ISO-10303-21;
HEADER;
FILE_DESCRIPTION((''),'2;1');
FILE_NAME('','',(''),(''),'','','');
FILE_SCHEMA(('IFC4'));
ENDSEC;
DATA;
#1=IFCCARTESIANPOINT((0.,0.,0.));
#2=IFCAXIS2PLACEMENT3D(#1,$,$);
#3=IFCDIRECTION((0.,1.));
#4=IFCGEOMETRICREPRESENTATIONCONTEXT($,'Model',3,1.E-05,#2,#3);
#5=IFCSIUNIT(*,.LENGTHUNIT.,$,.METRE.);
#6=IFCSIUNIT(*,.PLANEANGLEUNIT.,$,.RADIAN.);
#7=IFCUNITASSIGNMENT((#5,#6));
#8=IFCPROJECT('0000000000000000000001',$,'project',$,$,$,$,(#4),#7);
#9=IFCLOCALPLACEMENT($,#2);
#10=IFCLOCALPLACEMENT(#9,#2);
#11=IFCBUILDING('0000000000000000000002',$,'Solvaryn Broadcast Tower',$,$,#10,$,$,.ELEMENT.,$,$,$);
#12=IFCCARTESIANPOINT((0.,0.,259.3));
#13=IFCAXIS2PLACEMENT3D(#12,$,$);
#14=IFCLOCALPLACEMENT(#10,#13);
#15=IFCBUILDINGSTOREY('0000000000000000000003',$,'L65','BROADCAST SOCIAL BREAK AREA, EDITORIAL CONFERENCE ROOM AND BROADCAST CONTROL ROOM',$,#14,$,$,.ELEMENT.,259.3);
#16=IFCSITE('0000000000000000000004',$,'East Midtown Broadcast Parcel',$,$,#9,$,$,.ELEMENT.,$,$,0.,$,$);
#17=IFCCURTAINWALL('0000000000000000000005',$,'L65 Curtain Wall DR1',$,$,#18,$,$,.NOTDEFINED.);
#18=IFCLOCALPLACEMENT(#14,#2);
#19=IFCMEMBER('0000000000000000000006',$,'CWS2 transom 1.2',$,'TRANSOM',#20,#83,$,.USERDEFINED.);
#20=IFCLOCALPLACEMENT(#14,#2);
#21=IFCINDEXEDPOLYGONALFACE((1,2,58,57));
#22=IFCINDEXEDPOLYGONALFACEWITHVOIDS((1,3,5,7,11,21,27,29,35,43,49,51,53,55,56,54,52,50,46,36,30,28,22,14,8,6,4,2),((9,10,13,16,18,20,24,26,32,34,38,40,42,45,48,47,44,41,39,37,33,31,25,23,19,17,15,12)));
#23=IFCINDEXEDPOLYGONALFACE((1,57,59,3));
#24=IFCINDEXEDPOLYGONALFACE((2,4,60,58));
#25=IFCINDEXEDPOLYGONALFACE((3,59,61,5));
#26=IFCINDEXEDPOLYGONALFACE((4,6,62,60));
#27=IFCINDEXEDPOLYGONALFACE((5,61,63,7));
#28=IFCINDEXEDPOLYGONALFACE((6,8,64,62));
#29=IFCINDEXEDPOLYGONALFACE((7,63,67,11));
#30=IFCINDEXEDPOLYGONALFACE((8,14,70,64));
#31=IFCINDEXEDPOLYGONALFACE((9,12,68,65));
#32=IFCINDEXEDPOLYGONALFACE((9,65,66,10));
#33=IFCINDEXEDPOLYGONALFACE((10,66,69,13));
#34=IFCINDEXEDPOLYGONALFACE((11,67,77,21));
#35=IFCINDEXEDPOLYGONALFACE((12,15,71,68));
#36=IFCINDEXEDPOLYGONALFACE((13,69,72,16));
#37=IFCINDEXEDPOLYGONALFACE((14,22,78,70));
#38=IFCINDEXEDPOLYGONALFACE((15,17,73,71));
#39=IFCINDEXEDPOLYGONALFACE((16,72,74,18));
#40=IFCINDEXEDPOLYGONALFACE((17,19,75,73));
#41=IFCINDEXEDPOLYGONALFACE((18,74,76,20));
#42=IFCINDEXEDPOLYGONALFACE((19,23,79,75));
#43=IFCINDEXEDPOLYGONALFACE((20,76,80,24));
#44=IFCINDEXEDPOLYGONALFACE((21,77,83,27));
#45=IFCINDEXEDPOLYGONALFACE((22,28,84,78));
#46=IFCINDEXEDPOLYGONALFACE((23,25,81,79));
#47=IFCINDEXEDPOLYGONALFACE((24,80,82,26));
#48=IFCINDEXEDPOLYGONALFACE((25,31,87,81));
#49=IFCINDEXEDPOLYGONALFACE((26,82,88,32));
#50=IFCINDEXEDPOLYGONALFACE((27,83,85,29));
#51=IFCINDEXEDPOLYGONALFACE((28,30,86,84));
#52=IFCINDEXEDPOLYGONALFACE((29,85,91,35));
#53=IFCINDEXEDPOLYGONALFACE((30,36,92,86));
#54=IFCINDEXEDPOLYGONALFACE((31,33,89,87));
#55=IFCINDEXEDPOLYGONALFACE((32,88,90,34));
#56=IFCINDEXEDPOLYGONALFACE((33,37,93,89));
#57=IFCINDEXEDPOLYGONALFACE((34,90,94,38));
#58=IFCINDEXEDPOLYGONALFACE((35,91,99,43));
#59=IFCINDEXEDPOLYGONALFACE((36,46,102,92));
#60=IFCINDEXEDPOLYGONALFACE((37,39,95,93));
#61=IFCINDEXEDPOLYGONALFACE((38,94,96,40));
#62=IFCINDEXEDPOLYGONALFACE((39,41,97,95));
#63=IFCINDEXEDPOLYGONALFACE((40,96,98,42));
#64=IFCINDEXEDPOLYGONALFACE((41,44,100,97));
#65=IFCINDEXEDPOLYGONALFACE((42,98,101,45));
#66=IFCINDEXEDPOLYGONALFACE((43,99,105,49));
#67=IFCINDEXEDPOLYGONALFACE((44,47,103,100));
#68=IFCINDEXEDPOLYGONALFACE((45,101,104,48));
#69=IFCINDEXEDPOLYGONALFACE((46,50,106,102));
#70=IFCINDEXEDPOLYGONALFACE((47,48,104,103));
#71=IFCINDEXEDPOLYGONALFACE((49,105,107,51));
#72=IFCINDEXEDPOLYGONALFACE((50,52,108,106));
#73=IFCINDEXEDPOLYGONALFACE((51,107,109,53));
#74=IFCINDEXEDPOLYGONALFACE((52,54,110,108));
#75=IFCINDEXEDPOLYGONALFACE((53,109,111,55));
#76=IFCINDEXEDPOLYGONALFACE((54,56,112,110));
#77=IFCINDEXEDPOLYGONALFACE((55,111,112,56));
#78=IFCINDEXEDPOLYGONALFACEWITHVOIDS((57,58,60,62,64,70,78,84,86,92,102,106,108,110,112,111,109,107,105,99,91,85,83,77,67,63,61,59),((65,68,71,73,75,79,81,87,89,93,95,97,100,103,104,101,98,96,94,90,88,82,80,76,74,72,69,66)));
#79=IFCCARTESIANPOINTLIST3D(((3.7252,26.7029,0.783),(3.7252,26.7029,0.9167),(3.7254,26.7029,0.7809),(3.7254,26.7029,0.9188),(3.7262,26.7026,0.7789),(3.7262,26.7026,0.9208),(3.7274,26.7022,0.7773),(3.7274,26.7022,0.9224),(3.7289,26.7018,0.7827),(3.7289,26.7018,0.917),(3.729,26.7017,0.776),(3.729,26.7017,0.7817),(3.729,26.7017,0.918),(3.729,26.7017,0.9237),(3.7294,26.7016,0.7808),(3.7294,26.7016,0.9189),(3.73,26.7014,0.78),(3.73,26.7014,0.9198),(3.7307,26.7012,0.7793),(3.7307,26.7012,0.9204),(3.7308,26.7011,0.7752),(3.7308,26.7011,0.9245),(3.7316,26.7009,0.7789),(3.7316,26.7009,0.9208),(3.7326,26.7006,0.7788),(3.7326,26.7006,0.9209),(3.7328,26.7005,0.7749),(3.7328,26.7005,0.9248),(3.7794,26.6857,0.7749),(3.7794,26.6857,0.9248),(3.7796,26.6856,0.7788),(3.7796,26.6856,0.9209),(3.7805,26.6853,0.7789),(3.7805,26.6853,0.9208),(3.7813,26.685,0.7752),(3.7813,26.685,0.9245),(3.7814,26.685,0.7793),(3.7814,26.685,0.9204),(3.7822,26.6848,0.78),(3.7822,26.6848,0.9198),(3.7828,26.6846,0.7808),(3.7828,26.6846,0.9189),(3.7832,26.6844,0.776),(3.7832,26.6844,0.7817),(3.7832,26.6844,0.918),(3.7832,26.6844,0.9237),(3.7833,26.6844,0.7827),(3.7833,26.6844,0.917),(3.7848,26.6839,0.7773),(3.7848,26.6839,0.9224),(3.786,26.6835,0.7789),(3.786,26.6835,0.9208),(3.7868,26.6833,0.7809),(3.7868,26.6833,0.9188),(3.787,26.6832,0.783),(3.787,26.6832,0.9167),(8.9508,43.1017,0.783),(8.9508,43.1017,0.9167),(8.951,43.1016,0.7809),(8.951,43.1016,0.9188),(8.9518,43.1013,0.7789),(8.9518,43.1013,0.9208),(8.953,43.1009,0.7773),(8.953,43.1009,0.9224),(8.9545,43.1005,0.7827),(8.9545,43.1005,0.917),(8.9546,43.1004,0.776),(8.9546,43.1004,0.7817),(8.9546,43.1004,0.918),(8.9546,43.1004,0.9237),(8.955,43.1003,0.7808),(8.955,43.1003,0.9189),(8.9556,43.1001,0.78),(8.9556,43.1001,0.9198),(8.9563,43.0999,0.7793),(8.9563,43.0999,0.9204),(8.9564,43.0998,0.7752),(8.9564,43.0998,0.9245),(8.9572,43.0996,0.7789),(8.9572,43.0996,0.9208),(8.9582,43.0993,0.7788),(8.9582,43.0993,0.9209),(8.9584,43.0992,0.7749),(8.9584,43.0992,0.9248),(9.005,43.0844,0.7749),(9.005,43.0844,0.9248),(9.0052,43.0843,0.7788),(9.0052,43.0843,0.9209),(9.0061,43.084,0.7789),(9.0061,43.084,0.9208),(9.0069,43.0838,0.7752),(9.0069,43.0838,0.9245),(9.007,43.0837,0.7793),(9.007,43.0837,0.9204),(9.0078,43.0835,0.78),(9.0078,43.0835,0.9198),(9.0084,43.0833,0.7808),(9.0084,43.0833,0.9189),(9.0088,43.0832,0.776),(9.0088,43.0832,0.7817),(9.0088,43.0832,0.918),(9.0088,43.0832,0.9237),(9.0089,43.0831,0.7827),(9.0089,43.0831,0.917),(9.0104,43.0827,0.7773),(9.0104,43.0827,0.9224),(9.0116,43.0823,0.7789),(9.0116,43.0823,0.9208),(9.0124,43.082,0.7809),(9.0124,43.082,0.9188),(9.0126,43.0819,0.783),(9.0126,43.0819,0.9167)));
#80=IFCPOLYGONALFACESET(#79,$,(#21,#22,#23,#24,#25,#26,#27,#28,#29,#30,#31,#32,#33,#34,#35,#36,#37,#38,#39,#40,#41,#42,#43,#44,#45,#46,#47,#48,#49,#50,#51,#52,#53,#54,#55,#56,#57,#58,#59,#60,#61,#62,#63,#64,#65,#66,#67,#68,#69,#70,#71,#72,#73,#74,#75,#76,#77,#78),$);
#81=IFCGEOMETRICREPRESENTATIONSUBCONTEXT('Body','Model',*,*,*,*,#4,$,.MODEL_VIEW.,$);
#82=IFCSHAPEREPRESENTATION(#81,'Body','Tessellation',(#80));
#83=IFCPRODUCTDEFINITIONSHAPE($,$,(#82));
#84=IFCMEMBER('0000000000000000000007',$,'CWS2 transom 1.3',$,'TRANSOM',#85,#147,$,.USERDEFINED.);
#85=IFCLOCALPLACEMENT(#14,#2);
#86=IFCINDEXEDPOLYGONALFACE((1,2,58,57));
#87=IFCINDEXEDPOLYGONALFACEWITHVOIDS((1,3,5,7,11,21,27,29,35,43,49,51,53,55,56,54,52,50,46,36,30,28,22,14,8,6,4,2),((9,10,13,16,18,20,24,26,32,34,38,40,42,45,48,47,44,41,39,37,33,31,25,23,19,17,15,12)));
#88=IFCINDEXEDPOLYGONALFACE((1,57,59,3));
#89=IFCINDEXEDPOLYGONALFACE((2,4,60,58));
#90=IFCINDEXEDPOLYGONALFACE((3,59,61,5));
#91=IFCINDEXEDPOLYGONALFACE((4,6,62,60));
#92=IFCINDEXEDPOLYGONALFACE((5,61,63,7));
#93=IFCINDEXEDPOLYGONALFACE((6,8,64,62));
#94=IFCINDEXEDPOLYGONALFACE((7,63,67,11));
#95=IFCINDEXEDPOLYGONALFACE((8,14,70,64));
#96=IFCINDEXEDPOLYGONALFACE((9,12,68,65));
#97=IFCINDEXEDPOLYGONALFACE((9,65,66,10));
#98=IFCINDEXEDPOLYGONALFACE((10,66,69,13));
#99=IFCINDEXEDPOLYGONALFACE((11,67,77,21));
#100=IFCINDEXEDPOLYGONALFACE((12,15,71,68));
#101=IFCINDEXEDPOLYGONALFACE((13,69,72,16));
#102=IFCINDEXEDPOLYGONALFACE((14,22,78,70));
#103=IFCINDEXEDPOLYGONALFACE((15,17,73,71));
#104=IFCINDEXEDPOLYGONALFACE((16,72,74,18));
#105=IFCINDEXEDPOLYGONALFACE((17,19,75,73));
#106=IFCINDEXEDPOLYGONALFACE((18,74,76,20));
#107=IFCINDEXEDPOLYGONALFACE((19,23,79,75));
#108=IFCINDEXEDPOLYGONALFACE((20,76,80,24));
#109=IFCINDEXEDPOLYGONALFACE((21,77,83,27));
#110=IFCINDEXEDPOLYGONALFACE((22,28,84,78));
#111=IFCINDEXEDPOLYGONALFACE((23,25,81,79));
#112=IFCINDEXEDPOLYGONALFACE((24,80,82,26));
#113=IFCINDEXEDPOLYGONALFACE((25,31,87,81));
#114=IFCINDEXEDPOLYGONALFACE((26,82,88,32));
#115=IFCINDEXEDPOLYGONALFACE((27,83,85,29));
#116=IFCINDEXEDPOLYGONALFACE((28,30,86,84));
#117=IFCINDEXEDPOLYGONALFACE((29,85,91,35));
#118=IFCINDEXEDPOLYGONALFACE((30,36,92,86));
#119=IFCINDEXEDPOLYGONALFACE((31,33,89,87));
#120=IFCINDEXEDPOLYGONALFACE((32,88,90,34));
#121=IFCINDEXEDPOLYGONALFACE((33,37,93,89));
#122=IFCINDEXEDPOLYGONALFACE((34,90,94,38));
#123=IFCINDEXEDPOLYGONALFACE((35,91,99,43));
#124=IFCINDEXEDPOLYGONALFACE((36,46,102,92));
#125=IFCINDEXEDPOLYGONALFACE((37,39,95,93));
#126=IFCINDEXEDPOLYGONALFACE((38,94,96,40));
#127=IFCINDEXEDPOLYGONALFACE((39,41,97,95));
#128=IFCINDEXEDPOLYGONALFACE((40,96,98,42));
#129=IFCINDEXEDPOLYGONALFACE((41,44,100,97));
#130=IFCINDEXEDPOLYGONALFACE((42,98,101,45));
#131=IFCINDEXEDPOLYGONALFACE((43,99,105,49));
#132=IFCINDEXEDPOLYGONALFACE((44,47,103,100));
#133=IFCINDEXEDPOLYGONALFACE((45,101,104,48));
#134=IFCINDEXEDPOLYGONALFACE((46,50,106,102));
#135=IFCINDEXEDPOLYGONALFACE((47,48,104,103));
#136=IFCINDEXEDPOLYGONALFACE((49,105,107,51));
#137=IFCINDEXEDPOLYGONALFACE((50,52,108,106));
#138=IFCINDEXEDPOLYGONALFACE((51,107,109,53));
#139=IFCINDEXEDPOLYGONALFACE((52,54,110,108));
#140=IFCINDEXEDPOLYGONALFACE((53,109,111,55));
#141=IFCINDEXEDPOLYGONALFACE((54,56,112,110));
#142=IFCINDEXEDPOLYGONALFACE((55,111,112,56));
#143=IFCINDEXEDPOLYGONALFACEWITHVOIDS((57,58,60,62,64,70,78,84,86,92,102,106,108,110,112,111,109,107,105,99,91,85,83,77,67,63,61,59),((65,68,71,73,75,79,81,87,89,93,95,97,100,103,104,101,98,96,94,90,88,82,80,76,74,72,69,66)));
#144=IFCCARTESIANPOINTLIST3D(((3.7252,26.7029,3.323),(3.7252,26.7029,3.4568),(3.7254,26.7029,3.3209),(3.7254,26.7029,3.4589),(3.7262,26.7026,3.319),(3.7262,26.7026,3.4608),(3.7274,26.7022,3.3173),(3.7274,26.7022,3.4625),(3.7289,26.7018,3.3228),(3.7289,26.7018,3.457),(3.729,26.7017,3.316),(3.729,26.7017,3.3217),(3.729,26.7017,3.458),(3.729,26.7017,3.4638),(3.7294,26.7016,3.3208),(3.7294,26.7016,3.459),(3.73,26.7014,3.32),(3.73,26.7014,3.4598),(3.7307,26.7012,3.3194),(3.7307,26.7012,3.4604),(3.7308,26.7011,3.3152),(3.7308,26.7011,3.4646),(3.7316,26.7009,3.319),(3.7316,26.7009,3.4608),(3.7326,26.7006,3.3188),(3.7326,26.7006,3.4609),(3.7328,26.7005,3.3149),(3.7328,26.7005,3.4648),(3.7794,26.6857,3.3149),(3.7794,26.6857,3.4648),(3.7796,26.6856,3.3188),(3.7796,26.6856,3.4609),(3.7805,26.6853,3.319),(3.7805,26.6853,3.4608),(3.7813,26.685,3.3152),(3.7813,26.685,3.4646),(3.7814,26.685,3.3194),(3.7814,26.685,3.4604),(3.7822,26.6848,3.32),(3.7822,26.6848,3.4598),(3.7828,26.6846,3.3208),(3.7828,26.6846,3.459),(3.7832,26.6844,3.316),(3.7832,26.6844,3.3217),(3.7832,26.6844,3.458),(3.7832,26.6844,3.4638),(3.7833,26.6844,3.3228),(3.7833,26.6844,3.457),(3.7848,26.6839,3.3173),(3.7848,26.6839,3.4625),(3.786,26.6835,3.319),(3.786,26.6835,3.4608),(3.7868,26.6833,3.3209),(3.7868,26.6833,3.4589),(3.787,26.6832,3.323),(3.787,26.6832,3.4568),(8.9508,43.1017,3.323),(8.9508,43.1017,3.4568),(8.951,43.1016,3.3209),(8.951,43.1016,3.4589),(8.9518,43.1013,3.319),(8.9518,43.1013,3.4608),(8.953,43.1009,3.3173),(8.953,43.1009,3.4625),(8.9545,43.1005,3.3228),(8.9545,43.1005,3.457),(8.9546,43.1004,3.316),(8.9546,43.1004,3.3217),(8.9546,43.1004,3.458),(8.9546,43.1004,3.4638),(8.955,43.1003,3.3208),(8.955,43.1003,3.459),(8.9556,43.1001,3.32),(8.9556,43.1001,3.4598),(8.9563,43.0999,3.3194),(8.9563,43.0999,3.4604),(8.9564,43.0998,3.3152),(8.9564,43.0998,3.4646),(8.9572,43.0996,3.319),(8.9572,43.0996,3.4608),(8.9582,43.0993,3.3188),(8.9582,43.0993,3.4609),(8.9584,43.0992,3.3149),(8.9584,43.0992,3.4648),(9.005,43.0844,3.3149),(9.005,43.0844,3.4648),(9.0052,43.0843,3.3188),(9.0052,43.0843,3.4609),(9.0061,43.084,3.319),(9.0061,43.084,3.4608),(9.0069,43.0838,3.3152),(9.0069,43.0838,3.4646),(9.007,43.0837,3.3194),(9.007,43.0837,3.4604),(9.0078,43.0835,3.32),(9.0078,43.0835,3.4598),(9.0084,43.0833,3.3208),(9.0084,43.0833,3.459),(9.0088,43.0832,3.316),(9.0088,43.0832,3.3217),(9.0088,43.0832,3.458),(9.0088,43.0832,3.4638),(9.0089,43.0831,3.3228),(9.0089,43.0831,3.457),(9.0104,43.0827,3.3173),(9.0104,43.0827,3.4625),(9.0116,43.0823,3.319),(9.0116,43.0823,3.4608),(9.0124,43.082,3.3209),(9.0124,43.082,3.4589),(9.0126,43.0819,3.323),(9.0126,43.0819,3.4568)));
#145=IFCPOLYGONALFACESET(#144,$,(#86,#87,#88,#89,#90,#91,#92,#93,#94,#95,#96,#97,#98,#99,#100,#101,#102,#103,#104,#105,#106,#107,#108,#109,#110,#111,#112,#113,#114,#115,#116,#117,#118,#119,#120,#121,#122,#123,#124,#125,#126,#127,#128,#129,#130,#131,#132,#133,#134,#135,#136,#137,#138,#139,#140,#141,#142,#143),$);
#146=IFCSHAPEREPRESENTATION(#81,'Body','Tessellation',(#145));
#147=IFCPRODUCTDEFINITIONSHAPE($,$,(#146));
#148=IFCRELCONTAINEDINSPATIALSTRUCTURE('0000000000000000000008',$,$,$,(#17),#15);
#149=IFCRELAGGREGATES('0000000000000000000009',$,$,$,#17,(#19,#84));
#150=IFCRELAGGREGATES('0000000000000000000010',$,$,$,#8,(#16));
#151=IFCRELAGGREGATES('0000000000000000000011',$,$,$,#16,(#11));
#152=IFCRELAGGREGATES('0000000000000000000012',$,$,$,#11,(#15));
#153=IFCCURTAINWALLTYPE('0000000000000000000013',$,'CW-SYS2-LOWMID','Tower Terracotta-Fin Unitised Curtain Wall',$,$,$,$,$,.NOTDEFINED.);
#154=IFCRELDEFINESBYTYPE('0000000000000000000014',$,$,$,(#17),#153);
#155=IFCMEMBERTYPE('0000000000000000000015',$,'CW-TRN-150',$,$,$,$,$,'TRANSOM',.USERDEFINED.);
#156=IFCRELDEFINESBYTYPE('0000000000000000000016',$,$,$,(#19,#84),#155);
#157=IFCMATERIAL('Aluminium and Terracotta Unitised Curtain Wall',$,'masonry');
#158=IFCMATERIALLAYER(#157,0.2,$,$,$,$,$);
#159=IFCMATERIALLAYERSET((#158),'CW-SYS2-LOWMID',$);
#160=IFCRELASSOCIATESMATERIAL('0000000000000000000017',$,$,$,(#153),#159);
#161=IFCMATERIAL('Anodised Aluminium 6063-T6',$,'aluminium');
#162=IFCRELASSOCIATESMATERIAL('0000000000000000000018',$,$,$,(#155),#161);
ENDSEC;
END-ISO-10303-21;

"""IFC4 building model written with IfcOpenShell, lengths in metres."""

from ifc_helpers import new_model, si_unit, direction, frame, origin, origin_2d, place, context, subcontext, project, spatial, hollow_rectangle, extrude, material, layer, layer_set, material_profile, profile_set, type_object, element, aggregate, save


model = new_model("IFC4")

# Units and contexts
model_context = context("Model", 3, precision=1e-05, world=origin(), true_north=direction((0.0, 1.0)))
body_context = subcontext(model_context, "Body", "Model", "MODEL_VIEW")
ifc_project = project(units=[si_unit("LENGTHUNIT", "METRE"), si_unit("PLANEANGLEUNIT", "RADIAN")], contexts=[model_context])

# Site, building, storey
site_placement = place(None, origin())
site = spatial("IfcSite", under=ifc_project, at=site_placement, Name="East Midtown Broadcast Parcel", CompositionType="ELEMENT", RefElevation=0.0)
building_placement = place(site_placement, origin())
building = spatial("IfcBuilding", under=site, at=building_placement, Name="Solvaryn Broadcast Tower", CompositionType="ELEMENT")
storey_placement = place(building_placement, frame((0.0, 0.0, 259.3)))
storey = spatial("IfcBuildingStorey", under=building, at=storey_placement, Name="L65", Description="BROADCAST SOCIAL BREAK AREA, EDITORIAL CONFERENCE ROOM AND BROADCAST CONTROL ROOM", CompositionType="ELEMENT", Elevation=259.3)

# Curtain wall
ifc_material_1 = material(Name="Aluminium and Terracotta Unitised Curtain Wall", Category="masonry")
ifc_layer_1 = layer(ifc_material_1, 0.2)
ifc_layer_set_1 = layer_set([ifc_layer_1], Name="CW-SYS2-LOWMID")
curtain_wall_type = type_object("IfcCurtainWallType", Name="CW-SYS2-LOWMID", Description="Tower Terracotta-Fin Unitised Curtain Wall", PredefinedType="NOTDEFINED", material=ifc_layer_set_1)
curtain_wall_1_placement = place(storey_placement, origin())
curtain_wall_1 = element("IfcCurtainWall", 1, at=curtain_wall_1_placement, inside=storey, type_object=curtain_wall_type, Name="L65 Curtain Wall DR1", PredefinedType="NOTDEFINED")

# Members
ifc_material_2 = material(Name="Anodised Aluminium 6063-T6", Category="aluminium")
ifc_material_profile_1 = material_profile(ifc_material_2, hollow_rectangle(XDim=0.0649, YDim=0.1499, WallThickness=0.0039, InnerFilletRadius=0.0039, OuterFilletRadius=0.0081, at=origin_2d()))
ifc_profile_set_1 = profile_set([ifc_material_profile_1], Name="Anodised Aluminium 6063-T6")
member_type_1 = type_object("IfcMemberType", Name="CW-TRN-150", ElementType="TRANSOM", PredefinedType="USERDEFINED", material=ifc_profile_set_1)
member_1_placement = place(storey_placement, frame((8.9817, 43.0918, 0.8499), z_axis=(-0.303616, -0.952794, 0.0), x_axis=(0.952794, -0.303616, 0.0)))
member_1 = element("IfcMember", 2, at=member_1_placement, type_object=member_type_1, Name="CWS2 transom 1.2", ObjectType="TRANSOM", PredefinedType="USERDEFINED", context=body_context, shape_type="SweptSolid", body=[
    extrude(hollow_rectangle(XDim=0.0649, YDim=0.1499, WallThickness=0.0039, InnerFilletRadius=0.0039, OuterFilletRadius=0.0081, at=origin_2d()), origin(), (0.0, 0.0, 1.0), 17.2112),
])
member_2_placement = place(storey_placement, frame((8.9817, 43.0918, 3.3899), z_axis=(-0.303616, -0.952794, 0.0), x_axis=(0.952794, -0.303616, 0.0)))
member_2 = element("IfcMember", 3, at=member_2_placement, type_object=member_type_1, Name="CWS2 transom 1.3", ObjectType="TRANSOM", PredefinedType="USERDEFINED", context=body_context, shape_type="SweptSolid", body=[
    extrude(hollow_rectangle(XDim=0.0649, YDim=0.1499, WallThickness=0.0039, InnerFilletRadius=0.0039, OuterFilletRadius=0.0081, at=origin_2d()), origin(), (0.0, 0.0, 1.0), 17.2112),
])
aggregate(curtain_wall_1, [member_1, member_2])

save(model, "model.ifc")
